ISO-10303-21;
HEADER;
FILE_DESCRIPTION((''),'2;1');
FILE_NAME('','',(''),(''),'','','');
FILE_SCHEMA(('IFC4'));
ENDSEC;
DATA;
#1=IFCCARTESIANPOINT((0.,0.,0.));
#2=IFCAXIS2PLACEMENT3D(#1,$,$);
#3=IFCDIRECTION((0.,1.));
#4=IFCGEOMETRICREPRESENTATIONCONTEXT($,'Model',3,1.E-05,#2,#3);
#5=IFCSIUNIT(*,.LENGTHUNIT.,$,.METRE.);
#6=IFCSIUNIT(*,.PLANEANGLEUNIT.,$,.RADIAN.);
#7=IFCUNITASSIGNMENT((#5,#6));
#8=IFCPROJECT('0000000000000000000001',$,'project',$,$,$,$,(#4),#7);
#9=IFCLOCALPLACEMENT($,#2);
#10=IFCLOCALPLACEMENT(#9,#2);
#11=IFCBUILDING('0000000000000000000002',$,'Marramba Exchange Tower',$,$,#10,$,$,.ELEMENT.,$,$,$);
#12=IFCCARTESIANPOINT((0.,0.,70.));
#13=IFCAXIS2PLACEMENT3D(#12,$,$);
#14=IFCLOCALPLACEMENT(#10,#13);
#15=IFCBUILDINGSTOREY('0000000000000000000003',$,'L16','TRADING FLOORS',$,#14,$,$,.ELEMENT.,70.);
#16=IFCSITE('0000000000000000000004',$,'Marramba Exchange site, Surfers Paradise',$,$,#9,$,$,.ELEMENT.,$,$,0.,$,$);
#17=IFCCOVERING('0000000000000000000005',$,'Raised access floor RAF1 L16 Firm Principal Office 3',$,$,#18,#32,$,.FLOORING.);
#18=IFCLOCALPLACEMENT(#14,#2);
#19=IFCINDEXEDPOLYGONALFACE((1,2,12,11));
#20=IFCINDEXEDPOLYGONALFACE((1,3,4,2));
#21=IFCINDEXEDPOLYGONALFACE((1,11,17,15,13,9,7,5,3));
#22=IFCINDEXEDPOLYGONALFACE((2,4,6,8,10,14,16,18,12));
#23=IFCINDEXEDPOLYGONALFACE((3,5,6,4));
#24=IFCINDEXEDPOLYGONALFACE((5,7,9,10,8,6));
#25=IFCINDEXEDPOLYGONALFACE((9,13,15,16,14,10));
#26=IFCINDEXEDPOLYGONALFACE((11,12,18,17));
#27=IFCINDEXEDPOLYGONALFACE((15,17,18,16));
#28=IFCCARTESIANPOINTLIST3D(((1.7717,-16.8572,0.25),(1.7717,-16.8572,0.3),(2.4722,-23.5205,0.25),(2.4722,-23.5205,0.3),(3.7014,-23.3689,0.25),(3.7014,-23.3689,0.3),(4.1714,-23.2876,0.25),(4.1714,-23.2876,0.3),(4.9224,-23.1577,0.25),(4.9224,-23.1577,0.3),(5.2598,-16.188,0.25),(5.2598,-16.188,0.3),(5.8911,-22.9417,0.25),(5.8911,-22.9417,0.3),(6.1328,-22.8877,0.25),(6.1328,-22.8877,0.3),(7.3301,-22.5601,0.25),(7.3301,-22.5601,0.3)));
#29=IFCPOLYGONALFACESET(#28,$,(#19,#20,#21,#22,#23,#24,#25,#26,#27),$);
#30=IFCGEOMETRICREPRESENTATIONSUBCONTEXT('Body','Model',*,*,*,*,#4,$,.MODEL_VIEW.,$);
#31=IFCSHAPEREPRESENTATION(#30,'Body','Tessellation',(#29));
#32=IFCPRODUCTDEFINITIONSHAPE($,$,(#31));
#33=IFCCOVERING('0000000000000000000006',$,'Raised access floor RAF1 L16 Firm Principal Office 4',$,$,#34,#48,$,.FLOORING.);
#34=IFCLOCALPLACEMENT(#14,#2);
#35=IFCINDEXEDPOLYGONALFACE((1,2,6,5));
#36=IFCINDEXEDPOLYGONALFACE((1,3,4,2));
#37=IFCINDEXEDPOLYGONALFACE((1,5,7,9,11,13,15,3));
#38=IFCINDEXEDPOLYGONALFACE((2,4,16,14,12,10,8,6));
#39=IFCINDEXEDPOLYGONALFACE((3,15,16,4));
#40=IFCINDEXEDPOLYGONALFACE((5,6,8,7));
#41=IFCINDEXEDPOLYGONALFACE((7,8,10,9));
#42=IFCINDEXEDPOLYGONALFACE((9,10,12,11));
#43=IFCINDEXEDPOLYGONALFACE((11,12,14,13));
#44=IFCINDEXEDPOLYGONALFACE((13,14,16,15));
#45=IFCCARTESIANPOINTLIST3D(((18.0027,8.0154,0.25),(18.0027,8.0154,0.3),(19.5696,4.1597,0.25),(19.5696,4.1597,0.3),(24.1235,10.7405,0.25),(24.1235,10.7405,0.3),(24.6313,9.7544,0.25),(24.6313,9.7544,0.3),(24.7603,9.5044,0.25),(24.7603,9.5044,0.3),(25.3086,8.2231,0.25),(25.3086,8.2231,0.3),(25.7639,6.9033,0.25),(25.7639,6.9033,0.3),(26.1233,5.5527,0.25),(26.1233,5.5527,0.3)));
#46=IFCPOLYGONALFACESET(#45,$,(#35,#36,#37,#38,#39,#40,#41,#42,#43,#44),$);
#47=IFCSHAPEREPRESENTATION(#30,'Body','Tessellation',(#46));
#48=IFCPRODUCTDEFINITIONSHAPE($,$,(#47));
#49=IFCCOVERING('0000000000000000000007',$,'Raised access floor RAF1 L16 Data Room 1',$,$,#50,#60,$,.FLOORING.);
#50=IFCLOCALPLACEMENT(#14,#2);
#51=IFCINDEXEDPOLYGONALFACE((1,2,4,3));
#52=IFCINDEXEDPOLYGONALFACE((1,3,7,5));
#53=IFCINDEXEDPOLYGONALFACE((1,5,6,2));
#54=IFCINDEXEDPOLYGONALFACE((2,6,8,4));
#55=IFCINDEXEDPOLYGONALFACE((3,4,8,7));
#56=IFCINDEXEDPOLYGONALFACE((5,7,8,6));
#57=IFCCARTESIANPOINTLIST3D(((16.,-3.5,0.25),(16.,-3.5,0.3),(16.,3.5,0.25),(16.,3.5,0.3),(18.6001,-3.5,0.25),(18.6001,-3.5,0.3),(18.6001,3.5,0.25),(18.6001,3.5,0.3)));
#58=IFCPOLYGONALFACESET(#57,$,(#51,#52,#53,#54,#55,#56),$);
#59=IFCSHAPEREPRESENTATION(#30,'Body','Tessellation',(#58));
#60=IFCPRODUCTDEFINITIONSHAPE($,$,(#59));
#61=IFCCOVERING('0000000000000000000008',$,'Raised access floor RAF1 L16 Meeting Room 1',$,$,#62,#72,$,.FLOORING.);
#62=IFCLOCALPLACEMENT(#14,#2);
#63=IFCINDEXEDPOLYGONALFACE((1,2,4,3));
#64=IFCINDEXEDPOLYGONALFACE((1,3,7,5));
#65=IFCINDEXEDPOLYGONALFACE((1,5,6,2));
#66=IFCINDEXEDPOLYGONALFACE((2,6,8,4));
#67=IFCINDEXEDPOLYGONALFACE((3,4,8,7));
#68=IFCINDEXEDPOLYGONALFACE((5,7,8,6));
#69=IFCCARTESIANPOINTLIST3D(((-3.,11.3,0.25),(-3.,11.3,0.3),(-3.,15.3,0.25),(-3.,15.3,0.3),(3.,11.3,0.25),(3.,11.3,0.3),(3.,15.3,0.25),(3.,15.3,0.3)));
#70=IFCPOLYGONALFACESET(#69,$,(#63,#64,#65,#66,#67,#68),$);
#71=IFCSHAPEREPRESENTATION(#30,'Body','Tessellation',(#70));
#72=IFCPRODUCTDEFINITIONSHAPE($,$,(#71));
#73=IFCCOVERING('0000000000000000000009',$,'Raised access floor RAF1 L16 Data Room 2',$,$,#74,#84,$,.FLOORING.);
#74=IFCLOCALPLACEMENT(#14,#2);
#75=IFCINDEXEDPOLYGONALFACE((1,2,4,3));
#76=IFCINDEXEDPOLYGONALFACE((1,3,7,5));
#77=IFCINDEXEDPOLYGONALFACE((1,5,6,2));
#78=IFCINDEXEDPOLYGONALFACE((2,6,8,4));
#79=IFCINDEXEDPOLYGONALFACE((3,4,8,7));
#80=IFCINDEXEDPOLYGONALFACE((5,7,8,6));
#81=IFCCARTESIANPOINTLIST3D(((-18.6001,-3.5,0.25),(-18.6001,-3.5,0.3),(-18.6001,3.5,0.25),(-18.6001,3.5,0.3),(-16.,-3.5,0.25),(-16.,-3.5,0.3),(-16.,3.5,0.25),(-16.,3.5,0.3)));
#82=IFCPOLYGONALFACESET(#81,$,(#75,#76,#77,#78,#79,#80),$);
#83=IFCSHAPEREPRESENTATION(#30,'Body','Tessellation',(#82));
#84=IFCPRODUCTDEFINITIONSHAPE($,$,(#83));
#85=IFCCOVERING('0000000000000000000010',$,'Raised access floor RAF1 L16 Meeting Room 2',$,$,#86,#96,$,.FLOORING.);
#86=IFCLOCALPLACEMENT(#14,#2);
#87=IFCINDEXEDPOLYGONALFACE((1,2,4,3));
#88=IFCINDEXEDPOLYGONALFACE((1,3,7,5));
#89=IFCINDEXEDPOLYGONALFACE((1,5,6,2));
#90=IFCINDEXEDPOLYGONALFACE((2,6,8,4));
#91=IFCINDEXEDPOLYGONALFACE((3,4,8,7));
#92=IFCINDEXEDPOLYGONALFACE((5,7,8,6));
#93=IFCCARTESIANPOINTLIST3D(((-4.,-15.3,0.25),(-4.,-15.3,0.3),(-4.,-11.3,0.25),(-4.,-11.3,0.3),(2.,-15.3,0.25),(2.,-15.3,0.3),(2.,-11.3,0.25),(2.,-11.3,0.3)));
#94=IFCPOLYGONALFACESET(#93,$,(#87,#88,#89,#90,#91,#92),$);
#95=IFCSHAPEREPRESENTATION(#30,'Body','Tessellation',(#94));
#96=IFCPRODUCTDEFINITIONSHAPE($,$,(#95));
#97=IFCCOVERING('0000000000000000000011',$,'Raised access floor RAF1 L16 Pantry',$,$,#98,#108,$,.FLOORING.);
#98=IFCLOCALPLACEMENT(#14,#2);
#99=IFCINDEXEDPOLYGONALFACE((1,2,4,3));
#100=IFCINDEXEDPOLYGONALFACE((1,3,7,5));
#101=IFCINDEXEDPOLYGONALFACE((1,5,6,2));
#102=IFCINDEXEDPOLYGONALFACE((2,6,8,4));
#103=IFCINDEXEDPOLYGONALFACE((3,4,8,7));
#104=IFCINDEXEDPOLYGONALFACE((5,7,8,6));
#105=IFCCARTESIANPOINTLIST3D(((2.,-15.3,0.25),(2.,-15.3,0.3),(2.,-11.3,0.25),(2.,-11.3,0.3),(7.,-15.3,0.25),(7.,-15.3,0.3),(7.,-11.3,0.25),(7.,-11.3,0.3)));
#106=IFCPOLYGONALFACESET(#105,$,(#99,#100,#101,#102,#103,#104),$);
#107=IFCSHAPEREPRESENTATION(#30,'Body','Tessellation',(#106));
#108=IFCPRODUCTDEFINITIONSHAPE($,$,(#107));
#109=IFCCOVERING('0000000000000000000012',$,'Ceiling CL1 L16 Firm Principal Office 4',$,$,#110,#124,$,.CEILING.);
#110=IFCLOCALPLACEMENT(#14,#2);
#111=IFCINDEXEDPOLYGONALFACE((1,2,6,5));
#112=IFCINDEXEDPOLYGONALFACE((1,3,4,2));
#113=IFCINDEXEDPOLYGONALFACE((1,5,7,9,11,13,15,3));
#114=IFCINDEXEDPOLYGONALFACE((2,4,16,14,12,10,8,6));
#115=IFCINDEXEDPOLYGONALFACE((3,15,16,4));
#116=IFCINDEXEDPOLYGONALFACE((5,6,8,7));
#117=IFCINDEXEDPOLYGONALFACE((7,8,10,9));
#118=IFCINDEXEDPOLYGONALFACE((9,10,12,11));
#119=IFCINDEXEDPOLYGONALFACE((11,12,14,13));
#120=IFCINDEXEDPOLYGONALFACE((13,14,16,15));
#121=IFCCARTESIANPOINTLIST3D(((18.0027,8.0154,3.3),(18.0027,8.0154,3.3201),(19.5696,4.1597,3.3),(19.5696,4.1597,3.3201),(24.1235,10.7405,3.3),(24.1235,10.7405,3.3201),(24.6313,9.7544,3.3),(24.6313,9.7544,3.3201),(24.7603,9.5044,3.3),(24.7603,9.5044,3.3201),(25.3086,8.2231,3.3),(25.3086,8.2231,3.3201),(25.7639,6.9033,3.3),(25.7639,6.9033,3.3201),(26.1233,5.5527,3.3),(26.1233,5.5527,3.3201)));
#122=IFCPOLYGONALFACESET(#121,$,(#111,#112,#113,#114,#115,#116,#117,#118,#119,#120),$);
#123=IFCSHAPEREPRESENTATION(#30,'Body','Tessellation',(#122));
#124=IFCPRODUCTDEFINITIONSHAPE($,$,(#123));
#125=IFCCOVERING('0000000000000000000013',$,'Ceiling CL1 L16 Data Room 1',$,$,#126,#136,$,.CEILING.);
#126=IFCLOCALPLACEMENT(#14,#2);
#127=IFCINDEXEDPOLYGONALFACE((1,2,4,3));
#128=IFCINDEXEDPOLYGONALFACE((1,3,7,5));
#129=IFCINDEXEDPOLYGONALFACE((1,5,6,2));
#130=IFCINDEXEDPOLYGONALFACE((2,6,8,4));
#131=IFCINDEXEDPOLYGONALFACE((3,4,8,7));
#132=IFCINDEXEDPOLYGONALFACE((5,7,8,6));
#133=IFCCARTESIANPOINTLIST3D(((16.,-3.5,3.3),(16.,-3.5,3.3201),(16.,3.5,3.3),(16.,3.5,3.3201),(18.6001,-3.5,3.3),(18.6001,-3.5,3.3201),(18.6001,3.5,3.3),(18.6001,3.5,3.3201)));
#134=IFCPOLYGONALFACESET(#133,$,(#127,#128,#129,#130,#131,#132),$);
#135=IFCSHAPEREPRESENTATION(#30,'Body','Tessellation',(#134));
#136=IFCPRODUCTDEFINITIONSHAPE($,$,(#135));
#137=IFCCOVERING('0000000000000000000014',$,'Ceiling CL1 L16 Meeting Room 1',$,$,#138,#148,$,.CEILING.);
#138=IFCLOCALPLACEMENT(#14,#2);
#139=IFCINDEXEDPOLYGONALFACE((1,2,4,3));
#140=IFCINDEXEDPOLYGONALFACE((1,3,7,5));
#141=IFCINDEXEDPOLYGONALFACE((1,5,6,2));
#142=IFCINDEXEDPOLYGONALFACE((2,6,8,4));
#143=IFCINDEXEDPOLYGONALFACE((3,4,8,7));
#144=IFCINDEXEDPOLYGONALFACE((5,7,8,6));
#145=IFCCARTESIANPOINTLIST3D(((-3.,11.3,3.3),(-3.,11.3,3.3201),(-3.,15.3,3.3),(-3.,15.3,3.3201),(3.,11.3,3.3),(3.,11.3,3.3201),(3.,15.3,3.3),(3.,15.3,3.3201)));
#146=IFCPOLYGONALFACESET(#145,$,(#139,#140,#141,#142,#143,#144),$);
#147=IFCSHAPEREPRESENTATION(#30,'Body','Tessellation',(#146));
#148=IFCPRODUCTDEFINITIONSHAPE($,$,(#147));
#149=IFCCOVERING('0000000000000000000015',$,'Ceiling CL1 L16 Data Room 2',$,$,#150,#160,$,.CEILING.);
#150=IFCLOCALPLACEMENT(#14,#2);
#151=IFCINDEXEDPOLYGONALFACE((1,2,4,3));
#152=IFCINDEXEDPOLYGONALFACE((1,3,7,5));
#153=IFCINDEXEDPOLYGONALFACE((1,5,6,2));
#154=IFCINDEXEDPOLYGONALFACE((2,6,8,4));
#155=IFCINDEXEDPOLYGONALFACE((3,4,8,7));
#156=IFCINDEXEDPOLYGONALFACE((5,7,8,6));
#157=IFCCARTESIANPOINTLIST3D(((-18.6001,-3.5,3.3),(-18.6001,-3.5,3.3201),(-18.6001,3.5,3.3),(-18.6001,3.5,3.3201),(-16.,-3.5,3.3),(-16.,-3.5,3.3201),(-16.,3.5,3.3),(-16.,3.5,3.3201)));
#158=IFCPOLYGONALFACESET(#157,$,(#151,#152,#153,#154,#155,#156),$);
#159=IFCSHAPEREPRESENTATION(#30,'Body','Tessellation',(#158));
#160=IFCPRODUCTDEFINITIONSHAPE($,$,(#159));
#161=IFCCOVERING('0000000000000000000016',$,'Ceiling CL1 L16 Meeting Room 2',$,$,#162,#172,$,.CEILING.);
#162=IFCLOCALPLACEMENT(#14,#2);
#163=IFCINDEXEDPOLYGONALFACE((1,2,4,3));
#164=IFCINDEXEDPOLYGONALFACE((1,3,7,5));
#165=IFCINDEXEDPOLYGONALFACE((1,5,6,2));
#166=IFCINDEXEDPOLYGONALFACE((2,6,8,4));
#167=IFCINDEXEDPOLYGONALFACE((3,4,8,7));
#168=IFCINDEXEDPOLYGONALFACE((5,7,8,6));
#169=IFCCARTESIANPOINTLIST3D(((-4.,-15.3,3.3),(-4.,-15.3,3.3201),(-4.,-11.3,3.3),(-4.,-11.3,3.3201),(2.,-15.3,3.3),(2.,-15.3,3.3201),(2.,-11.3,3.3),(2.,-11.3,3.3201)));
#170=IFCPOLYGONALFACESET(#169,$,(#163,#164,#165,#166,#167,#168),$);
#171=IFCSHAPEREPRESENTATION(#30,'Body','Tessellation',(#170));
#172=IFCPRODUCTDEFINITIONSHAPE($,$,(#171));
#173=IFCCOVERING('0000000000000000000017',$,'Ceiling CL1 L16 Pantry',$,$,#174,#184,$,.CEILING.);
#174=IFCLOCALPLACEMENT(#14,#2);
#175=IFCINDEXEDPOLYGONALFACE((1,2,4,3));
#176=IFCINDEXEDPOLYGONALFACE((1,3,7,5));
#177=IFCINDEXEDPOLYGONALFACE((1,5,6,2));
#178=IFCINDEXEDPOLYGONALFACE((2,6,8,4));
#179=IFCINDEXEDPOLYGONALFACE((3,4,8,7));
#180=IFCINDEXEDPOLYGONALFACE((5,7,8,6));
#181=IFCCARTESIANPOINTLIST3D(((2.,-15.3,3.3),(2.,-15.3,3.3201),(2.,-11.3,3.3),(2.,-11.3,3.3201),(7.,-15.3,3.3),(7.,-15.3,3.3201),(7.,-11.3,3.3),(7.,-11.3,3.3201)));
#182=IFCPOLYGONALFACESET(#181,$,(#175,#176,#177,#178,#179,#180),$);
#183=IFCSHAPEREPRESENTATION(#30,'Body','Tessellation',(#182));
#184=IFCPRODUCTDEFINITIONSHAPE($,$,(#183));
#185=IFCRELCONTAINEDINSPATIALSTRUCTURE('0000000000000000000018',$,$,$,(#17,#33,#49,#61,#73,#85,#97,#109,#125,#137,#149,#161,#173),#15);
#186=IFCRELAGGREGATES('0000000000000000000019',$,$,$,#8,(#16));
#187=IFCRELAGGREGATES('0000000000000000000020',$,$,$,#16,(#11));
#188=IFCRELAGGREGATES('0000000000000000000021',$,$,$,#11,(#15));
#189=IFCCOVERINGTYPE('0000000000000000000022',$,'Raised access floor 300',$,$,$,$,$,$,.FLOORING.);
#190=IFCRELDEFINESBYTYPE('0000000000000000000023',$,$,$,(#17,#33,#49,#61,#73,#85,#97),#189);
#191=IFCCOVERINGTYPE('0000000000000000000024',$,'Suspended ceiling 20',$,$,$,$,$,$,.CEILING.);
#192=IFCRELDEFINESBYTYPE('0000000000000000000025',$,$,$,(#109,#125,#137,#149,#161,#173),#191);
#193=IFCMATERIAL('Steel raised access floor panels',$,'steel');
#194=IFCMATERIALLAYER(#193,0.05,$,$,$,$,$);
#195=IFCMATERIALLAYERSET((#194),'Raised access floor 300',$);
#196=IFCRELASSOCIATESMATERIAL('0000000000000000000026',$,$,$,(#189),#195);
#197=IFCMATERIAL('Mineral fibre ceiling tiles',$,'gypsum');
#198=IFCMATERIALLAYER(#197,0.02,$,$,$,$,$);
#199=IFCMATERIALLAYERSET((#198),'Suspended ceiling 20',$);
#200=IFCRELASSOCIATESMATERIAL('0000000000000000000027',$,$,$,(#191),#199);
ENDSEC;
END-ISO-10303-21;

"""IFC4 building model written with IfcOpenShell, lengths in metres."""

from ifc_helpers import new_model, si_unit, direction, frame, origin, place, context, subcontext, project, spatial, polyline, outline, extrude, material, layer, layer_set, type_object, element, save


model = new_model("IFC4")

# Units and contexts
model_context = context("Model", 3, precision=1e-05, world=origin(), true_north=direction((0.0, 1.0)))
body_context = subcontext(model_context, "Body", "Model", "MODEL_VIEW")
ifc_project = project(units=[si_unit("LENGTHUNIT", "METRE"), si_unit("PLANEANGLEUNIT", "RADIAN")], contexts=[model_context])

# Site, building, storey
site_placement = place(None, origin())
site = spatial("IfcSite", under=ifc_project, at=site_placement, Name="Marramba Exchange site, Surfers Paradise", CompositionType="ELEMENT", RefElevation=0.0)
building_placement = place(site_placement, origin())
building = spatial("IfcBuilding", under=site, at=building_placement, Name="Marramba Exchange Tower", CompositionType="ELEMENT")
storey_placement = place(building_placement, frame((0.0, 0.0, 70.0)))
storey = spatial("IfcBuildingStorey", under=building, at=storey_placement, Name="L16", Description="TRADING FLOORS", CompositionType="ELEMENT", Elevation=70.0)

# Coverings
ifc_material_1 = material(Name="Steel raised access floor panels", Category="steel")
ifc_layer_1 = layer(ifc_material_1, 0.05)
ifc_layer_set_1 = layer_set([ifc_layer_1], Name="Raised access floor 300")
covering_type_1 = type_object("IfcCoveringType", Name="Raised access floor 300", PredefinedType="FLOORING", material=ifc_layer_set_1)
covering_1_placement = place(storey_placement, frame((0.0, 0.0, 0.25)))
element("IfcCovering", 1, at=covering_1_placement, inside=storey, type_object=covering_type_1, Name="Raised access floor RAF1 L16 Firm Principal Office 3", PredefinedType="FLOORING", context=body_context, shape_type="SweptSolid", body=[
    extrude(outline(polyline([(6.1328, -22.8877), (5.8911, -22.9417), (4.9224, -23.1577), (4.1714, -23.2876), (3.7014, -23.3689), (2.4722, -23.5205), (1.7717, -16.8572), (5.2598, -16.188), (7.3301, -22.5601), (6.1328, -22.8877)])), origin(), (0.0, 0.0, 1.0), 0.05),
])
covering_2_placement = place(storey_placement, frame((0.0, 0.0, 0.25)))
element("IfcCovering", 2, at=covering_2_placement, inside=storey, type_object=covering_type_1, Name="Raised access floor RAF1 L16 Firm Principal Office 4", PredefinedType="FLOORING", context=body_context, shape_type="SweptSolid", body=[
    extrude(outline(polyline([(24.6313, 9.7544), (24.7603, 9.5044), (25.3086, 8.2231), (25.7639, 6.9033), (26.1233, 5.5527), (19.5696, 4.1597), (18.0027, 8.0154), (24.1235, 10.7405), (24.6313, 9.7544)])), origin(), (0.0, 0.0, 1.0), 0.05),
])
covering_3_placement = place(storey_placement, frame((0.0, 0.0, 0.25)))
element("IfcCovering", 3, at=covering_3_placement, inside=storey, type_object=covering_type_1, Name="Raised access floor RAF1 L16 Data Room 1", PredefinedType="FLOORING", context=body_context, shape_type="SweptSolid", body=[
    extrude(outline(polyline([(18.6001, -3.5), (16.0, -3.5), (16.0, 3.5), (18.6001, 3.5), (18.6001, -3.5)])), origin(), (0.0, 0.0, 1.0), 0.05),
])
covering_4_placement = place(storey_placement, frame((0.0, 0.0, 0.25)))
element("IfcCovering", 4, at=covering_4_placement, inside=storey, type_object=covering_type_1, Name="Raised access floor RAF1 L16 Meeting Room 1", PredefinedType="FLOORING", context=body_context, shape_type="SweptSolid", body=[
    extrude(outline(polyline([(3.0, 11.3), (-3.0, 11.3), (-3.0, 15.3), (3.0, 15.3), (3.0, 11.3)])), origin(), (0.0, 0.0, 1.0), 0.05),
])
covering_5_placement = place(storey_placement, frame((0.0, 0.0, 0.25)))
element("IfcCovering", 5, at=covering_5_placement, inside=storey, type_object=covering_type_1, Name="Raised access floor RAF1 L16 Data Room 2", PredefinedType="FLOORING", context=body_context, shape_type="SweptSolid", body=[
    extrude(outline(polyline([(-16.0, -3.5), (-18.6001, -3.5), (-18.6001, 3.5), (-16.0, 3.5), (-16.0, -3.5)])), origin(), (0.0, 0.0, 1.0), 0.05),
])
covering_6_placement = place(storey_placement, frame((0.0, 0.0, 0.25)))
element("IfcCovering", 6, at=covering_6_placement, inside=storey, type_object=covering_type_1, Name="Raised access floor RAF1 L16 Meeting Room 2", PredefinedType="FLOORING", context=body_context, shape_type="SweptSolid", body=[
    extrude(outline(polyline([(2.0, -15.3), (-4.0, -15.3), (-4.0, -11.3), (2.0, -11.3), (2.0, -15.3)])), origin(), (0.0, 0.0, 1.0), 0.05),
])
covering_7_placement = place(storey_placement, frame((0.0, 0.0, 0.25)))
element("IfcCovering", 7, at=covering_7_placement, inside=storey, type_object=covering_type_1, Name="Raised access floor RAF1 L16 Pantry", PredefinedType="FLOORING", context=body_context, shape_type="SweptSolid", body=[
    extrude(outline(polyline([(7.0, -15.3), (2.0, -15.3), (2.0, -11.3), (7.0, -11.3), (7.0, -15.3)])), origin(), (0.0, 0.0, 1.0), 0.05),
])
ifc_material_2 = material(Name="Mineral fibre ceiling tiles", Category="gypsum")
ifc_layer_2 = layer(ifc_material_2, 0.02)
ifc_layer_set_2 = layer_set([ifc_layer_2], Name="Suspended ceiling 20")
covering_type_2 = type_object("IfcCoveringType", Name="Suspended ceiling 20", PredefinedType="CEILING", material=ifc_layer_set_2)
covering_8_placement = place(storey_placement, frame((0.0, 0.0, 3.3)))
element("IfcCovering", 8, at=covering_8_placement, inside=storey, type_object=covering_type_2, Name="Ceiling CL1 L16 Firm Principal Office 4", PredefinedType="CEILING", context=body_context, shape_type="SweptSolid", body=[
    extrude(outline(polyline([(24.6313, 9.7544), (24.7603, 9.5044), (25.3086, 8.2231), (25.7639, 6.9033), (26.1233, 5.5527), (19.5696, 4.1597), (18.0027, 8.0154), (24.1235, 10.7405), (24.6313, 9.7544)])), origin(), (0.0, 0.0, 1.0), 0.02),
])
covering_9_placement = place(storey_placement, frame((0.0, 0.0, 3.3)))
element("IfcCovering", 9, at=covering_9_placement, inside=storey, type_object=covering_type_2, Name="Ceiling CL1 L16 Data Room 1", PredefinedType="CEILING", context=body_context, shape_type="SweptSolid", body=[
    extrude(outline(polyline([(18.6001, -3.5), (16.0, -3.5), (16.0, 3.5), (18.6001, 3.5), (18.6001, -3.5)])), origin(), (0.0, 0.0, 1.0), 0.02),
])
covering_10_placement = place(storey_placement, frame((0.0, 0.0, 3.3)))
element("IfcCovering", 10, at=covering_10_placement, inside=storey, type_object=covering_type_2, Name="Ceiling CL1 L16 Meeting Room 1", PredefinedType="CEILING", context=body_context, shape_type="SweptSolid", body=[
    extrude(outline(polyline([(3.0, 11.3), (-3.0, 11.3), (-3.0, 15.3), (3.0, 15.3), (3.0, 11.3)])), origin(), (0.0, 0.0, 1.0), 0.02),
])
covering_11_placement = place(storey_placement, frame((0.0, 0.0, 3.3)))
element("IfcCovering", 11, at=covering_11_placement, inside=storey, type_object=covering_type_2, Name="Ceiling CL1 L16 Data Room 2", PredefinedType="CEILING", context=body_context, shape_type="SweptSolid", body=[
    extrude(outline(polyline([(-16.0, -3.5), (-18.6001, -3.5), (-18.6001, 3.5), (-16.0, 3.5), (-16.0, -3.5)])), origin(), (0.0, 0.0, 1.0), 0.02),
])
covering_12_placement = place(storey_placement, frame((0.0, 0.0, 3.3)))
element("IfcCovering", 12, at=covering_12_placement, inside=storey, type_object=covering_type_2, Name="Ceiling CL1 L16 Meeting Room 2", PredefinedType="CEILING", context=body_context, shape_type="SweptSolid", body=[
    extrude(outline(polyline([(2.0, -15.3), (-4.0, -15.3), (-4.0, -11.3), (2.0, -11.3), (2.0, -15.3)])), origin(), (0.0, 0.0, 1.0), 0.02),
])
covering_13_placement = place(storey_placement, frame((0.0, 0.0, 3.3)))
element("IfcCovering", 13, at=covering_13_placement, inside=storey, type_object=covering_type_2, Name="Ceiling CL1 L16 Pantry", PredefinedType="CEILING", context=body_context, shape_type="SweptSolid", body=[
    extrude(outline(polyline([(7.0, -15.3), (2.0, -15.3), (2.0, -11.3), (7.0, -11.3), (7.0, -15.3)])), origin(), (0.0, 0.0, 1.0), 0.02),
])

save(model, "model.ifc")
